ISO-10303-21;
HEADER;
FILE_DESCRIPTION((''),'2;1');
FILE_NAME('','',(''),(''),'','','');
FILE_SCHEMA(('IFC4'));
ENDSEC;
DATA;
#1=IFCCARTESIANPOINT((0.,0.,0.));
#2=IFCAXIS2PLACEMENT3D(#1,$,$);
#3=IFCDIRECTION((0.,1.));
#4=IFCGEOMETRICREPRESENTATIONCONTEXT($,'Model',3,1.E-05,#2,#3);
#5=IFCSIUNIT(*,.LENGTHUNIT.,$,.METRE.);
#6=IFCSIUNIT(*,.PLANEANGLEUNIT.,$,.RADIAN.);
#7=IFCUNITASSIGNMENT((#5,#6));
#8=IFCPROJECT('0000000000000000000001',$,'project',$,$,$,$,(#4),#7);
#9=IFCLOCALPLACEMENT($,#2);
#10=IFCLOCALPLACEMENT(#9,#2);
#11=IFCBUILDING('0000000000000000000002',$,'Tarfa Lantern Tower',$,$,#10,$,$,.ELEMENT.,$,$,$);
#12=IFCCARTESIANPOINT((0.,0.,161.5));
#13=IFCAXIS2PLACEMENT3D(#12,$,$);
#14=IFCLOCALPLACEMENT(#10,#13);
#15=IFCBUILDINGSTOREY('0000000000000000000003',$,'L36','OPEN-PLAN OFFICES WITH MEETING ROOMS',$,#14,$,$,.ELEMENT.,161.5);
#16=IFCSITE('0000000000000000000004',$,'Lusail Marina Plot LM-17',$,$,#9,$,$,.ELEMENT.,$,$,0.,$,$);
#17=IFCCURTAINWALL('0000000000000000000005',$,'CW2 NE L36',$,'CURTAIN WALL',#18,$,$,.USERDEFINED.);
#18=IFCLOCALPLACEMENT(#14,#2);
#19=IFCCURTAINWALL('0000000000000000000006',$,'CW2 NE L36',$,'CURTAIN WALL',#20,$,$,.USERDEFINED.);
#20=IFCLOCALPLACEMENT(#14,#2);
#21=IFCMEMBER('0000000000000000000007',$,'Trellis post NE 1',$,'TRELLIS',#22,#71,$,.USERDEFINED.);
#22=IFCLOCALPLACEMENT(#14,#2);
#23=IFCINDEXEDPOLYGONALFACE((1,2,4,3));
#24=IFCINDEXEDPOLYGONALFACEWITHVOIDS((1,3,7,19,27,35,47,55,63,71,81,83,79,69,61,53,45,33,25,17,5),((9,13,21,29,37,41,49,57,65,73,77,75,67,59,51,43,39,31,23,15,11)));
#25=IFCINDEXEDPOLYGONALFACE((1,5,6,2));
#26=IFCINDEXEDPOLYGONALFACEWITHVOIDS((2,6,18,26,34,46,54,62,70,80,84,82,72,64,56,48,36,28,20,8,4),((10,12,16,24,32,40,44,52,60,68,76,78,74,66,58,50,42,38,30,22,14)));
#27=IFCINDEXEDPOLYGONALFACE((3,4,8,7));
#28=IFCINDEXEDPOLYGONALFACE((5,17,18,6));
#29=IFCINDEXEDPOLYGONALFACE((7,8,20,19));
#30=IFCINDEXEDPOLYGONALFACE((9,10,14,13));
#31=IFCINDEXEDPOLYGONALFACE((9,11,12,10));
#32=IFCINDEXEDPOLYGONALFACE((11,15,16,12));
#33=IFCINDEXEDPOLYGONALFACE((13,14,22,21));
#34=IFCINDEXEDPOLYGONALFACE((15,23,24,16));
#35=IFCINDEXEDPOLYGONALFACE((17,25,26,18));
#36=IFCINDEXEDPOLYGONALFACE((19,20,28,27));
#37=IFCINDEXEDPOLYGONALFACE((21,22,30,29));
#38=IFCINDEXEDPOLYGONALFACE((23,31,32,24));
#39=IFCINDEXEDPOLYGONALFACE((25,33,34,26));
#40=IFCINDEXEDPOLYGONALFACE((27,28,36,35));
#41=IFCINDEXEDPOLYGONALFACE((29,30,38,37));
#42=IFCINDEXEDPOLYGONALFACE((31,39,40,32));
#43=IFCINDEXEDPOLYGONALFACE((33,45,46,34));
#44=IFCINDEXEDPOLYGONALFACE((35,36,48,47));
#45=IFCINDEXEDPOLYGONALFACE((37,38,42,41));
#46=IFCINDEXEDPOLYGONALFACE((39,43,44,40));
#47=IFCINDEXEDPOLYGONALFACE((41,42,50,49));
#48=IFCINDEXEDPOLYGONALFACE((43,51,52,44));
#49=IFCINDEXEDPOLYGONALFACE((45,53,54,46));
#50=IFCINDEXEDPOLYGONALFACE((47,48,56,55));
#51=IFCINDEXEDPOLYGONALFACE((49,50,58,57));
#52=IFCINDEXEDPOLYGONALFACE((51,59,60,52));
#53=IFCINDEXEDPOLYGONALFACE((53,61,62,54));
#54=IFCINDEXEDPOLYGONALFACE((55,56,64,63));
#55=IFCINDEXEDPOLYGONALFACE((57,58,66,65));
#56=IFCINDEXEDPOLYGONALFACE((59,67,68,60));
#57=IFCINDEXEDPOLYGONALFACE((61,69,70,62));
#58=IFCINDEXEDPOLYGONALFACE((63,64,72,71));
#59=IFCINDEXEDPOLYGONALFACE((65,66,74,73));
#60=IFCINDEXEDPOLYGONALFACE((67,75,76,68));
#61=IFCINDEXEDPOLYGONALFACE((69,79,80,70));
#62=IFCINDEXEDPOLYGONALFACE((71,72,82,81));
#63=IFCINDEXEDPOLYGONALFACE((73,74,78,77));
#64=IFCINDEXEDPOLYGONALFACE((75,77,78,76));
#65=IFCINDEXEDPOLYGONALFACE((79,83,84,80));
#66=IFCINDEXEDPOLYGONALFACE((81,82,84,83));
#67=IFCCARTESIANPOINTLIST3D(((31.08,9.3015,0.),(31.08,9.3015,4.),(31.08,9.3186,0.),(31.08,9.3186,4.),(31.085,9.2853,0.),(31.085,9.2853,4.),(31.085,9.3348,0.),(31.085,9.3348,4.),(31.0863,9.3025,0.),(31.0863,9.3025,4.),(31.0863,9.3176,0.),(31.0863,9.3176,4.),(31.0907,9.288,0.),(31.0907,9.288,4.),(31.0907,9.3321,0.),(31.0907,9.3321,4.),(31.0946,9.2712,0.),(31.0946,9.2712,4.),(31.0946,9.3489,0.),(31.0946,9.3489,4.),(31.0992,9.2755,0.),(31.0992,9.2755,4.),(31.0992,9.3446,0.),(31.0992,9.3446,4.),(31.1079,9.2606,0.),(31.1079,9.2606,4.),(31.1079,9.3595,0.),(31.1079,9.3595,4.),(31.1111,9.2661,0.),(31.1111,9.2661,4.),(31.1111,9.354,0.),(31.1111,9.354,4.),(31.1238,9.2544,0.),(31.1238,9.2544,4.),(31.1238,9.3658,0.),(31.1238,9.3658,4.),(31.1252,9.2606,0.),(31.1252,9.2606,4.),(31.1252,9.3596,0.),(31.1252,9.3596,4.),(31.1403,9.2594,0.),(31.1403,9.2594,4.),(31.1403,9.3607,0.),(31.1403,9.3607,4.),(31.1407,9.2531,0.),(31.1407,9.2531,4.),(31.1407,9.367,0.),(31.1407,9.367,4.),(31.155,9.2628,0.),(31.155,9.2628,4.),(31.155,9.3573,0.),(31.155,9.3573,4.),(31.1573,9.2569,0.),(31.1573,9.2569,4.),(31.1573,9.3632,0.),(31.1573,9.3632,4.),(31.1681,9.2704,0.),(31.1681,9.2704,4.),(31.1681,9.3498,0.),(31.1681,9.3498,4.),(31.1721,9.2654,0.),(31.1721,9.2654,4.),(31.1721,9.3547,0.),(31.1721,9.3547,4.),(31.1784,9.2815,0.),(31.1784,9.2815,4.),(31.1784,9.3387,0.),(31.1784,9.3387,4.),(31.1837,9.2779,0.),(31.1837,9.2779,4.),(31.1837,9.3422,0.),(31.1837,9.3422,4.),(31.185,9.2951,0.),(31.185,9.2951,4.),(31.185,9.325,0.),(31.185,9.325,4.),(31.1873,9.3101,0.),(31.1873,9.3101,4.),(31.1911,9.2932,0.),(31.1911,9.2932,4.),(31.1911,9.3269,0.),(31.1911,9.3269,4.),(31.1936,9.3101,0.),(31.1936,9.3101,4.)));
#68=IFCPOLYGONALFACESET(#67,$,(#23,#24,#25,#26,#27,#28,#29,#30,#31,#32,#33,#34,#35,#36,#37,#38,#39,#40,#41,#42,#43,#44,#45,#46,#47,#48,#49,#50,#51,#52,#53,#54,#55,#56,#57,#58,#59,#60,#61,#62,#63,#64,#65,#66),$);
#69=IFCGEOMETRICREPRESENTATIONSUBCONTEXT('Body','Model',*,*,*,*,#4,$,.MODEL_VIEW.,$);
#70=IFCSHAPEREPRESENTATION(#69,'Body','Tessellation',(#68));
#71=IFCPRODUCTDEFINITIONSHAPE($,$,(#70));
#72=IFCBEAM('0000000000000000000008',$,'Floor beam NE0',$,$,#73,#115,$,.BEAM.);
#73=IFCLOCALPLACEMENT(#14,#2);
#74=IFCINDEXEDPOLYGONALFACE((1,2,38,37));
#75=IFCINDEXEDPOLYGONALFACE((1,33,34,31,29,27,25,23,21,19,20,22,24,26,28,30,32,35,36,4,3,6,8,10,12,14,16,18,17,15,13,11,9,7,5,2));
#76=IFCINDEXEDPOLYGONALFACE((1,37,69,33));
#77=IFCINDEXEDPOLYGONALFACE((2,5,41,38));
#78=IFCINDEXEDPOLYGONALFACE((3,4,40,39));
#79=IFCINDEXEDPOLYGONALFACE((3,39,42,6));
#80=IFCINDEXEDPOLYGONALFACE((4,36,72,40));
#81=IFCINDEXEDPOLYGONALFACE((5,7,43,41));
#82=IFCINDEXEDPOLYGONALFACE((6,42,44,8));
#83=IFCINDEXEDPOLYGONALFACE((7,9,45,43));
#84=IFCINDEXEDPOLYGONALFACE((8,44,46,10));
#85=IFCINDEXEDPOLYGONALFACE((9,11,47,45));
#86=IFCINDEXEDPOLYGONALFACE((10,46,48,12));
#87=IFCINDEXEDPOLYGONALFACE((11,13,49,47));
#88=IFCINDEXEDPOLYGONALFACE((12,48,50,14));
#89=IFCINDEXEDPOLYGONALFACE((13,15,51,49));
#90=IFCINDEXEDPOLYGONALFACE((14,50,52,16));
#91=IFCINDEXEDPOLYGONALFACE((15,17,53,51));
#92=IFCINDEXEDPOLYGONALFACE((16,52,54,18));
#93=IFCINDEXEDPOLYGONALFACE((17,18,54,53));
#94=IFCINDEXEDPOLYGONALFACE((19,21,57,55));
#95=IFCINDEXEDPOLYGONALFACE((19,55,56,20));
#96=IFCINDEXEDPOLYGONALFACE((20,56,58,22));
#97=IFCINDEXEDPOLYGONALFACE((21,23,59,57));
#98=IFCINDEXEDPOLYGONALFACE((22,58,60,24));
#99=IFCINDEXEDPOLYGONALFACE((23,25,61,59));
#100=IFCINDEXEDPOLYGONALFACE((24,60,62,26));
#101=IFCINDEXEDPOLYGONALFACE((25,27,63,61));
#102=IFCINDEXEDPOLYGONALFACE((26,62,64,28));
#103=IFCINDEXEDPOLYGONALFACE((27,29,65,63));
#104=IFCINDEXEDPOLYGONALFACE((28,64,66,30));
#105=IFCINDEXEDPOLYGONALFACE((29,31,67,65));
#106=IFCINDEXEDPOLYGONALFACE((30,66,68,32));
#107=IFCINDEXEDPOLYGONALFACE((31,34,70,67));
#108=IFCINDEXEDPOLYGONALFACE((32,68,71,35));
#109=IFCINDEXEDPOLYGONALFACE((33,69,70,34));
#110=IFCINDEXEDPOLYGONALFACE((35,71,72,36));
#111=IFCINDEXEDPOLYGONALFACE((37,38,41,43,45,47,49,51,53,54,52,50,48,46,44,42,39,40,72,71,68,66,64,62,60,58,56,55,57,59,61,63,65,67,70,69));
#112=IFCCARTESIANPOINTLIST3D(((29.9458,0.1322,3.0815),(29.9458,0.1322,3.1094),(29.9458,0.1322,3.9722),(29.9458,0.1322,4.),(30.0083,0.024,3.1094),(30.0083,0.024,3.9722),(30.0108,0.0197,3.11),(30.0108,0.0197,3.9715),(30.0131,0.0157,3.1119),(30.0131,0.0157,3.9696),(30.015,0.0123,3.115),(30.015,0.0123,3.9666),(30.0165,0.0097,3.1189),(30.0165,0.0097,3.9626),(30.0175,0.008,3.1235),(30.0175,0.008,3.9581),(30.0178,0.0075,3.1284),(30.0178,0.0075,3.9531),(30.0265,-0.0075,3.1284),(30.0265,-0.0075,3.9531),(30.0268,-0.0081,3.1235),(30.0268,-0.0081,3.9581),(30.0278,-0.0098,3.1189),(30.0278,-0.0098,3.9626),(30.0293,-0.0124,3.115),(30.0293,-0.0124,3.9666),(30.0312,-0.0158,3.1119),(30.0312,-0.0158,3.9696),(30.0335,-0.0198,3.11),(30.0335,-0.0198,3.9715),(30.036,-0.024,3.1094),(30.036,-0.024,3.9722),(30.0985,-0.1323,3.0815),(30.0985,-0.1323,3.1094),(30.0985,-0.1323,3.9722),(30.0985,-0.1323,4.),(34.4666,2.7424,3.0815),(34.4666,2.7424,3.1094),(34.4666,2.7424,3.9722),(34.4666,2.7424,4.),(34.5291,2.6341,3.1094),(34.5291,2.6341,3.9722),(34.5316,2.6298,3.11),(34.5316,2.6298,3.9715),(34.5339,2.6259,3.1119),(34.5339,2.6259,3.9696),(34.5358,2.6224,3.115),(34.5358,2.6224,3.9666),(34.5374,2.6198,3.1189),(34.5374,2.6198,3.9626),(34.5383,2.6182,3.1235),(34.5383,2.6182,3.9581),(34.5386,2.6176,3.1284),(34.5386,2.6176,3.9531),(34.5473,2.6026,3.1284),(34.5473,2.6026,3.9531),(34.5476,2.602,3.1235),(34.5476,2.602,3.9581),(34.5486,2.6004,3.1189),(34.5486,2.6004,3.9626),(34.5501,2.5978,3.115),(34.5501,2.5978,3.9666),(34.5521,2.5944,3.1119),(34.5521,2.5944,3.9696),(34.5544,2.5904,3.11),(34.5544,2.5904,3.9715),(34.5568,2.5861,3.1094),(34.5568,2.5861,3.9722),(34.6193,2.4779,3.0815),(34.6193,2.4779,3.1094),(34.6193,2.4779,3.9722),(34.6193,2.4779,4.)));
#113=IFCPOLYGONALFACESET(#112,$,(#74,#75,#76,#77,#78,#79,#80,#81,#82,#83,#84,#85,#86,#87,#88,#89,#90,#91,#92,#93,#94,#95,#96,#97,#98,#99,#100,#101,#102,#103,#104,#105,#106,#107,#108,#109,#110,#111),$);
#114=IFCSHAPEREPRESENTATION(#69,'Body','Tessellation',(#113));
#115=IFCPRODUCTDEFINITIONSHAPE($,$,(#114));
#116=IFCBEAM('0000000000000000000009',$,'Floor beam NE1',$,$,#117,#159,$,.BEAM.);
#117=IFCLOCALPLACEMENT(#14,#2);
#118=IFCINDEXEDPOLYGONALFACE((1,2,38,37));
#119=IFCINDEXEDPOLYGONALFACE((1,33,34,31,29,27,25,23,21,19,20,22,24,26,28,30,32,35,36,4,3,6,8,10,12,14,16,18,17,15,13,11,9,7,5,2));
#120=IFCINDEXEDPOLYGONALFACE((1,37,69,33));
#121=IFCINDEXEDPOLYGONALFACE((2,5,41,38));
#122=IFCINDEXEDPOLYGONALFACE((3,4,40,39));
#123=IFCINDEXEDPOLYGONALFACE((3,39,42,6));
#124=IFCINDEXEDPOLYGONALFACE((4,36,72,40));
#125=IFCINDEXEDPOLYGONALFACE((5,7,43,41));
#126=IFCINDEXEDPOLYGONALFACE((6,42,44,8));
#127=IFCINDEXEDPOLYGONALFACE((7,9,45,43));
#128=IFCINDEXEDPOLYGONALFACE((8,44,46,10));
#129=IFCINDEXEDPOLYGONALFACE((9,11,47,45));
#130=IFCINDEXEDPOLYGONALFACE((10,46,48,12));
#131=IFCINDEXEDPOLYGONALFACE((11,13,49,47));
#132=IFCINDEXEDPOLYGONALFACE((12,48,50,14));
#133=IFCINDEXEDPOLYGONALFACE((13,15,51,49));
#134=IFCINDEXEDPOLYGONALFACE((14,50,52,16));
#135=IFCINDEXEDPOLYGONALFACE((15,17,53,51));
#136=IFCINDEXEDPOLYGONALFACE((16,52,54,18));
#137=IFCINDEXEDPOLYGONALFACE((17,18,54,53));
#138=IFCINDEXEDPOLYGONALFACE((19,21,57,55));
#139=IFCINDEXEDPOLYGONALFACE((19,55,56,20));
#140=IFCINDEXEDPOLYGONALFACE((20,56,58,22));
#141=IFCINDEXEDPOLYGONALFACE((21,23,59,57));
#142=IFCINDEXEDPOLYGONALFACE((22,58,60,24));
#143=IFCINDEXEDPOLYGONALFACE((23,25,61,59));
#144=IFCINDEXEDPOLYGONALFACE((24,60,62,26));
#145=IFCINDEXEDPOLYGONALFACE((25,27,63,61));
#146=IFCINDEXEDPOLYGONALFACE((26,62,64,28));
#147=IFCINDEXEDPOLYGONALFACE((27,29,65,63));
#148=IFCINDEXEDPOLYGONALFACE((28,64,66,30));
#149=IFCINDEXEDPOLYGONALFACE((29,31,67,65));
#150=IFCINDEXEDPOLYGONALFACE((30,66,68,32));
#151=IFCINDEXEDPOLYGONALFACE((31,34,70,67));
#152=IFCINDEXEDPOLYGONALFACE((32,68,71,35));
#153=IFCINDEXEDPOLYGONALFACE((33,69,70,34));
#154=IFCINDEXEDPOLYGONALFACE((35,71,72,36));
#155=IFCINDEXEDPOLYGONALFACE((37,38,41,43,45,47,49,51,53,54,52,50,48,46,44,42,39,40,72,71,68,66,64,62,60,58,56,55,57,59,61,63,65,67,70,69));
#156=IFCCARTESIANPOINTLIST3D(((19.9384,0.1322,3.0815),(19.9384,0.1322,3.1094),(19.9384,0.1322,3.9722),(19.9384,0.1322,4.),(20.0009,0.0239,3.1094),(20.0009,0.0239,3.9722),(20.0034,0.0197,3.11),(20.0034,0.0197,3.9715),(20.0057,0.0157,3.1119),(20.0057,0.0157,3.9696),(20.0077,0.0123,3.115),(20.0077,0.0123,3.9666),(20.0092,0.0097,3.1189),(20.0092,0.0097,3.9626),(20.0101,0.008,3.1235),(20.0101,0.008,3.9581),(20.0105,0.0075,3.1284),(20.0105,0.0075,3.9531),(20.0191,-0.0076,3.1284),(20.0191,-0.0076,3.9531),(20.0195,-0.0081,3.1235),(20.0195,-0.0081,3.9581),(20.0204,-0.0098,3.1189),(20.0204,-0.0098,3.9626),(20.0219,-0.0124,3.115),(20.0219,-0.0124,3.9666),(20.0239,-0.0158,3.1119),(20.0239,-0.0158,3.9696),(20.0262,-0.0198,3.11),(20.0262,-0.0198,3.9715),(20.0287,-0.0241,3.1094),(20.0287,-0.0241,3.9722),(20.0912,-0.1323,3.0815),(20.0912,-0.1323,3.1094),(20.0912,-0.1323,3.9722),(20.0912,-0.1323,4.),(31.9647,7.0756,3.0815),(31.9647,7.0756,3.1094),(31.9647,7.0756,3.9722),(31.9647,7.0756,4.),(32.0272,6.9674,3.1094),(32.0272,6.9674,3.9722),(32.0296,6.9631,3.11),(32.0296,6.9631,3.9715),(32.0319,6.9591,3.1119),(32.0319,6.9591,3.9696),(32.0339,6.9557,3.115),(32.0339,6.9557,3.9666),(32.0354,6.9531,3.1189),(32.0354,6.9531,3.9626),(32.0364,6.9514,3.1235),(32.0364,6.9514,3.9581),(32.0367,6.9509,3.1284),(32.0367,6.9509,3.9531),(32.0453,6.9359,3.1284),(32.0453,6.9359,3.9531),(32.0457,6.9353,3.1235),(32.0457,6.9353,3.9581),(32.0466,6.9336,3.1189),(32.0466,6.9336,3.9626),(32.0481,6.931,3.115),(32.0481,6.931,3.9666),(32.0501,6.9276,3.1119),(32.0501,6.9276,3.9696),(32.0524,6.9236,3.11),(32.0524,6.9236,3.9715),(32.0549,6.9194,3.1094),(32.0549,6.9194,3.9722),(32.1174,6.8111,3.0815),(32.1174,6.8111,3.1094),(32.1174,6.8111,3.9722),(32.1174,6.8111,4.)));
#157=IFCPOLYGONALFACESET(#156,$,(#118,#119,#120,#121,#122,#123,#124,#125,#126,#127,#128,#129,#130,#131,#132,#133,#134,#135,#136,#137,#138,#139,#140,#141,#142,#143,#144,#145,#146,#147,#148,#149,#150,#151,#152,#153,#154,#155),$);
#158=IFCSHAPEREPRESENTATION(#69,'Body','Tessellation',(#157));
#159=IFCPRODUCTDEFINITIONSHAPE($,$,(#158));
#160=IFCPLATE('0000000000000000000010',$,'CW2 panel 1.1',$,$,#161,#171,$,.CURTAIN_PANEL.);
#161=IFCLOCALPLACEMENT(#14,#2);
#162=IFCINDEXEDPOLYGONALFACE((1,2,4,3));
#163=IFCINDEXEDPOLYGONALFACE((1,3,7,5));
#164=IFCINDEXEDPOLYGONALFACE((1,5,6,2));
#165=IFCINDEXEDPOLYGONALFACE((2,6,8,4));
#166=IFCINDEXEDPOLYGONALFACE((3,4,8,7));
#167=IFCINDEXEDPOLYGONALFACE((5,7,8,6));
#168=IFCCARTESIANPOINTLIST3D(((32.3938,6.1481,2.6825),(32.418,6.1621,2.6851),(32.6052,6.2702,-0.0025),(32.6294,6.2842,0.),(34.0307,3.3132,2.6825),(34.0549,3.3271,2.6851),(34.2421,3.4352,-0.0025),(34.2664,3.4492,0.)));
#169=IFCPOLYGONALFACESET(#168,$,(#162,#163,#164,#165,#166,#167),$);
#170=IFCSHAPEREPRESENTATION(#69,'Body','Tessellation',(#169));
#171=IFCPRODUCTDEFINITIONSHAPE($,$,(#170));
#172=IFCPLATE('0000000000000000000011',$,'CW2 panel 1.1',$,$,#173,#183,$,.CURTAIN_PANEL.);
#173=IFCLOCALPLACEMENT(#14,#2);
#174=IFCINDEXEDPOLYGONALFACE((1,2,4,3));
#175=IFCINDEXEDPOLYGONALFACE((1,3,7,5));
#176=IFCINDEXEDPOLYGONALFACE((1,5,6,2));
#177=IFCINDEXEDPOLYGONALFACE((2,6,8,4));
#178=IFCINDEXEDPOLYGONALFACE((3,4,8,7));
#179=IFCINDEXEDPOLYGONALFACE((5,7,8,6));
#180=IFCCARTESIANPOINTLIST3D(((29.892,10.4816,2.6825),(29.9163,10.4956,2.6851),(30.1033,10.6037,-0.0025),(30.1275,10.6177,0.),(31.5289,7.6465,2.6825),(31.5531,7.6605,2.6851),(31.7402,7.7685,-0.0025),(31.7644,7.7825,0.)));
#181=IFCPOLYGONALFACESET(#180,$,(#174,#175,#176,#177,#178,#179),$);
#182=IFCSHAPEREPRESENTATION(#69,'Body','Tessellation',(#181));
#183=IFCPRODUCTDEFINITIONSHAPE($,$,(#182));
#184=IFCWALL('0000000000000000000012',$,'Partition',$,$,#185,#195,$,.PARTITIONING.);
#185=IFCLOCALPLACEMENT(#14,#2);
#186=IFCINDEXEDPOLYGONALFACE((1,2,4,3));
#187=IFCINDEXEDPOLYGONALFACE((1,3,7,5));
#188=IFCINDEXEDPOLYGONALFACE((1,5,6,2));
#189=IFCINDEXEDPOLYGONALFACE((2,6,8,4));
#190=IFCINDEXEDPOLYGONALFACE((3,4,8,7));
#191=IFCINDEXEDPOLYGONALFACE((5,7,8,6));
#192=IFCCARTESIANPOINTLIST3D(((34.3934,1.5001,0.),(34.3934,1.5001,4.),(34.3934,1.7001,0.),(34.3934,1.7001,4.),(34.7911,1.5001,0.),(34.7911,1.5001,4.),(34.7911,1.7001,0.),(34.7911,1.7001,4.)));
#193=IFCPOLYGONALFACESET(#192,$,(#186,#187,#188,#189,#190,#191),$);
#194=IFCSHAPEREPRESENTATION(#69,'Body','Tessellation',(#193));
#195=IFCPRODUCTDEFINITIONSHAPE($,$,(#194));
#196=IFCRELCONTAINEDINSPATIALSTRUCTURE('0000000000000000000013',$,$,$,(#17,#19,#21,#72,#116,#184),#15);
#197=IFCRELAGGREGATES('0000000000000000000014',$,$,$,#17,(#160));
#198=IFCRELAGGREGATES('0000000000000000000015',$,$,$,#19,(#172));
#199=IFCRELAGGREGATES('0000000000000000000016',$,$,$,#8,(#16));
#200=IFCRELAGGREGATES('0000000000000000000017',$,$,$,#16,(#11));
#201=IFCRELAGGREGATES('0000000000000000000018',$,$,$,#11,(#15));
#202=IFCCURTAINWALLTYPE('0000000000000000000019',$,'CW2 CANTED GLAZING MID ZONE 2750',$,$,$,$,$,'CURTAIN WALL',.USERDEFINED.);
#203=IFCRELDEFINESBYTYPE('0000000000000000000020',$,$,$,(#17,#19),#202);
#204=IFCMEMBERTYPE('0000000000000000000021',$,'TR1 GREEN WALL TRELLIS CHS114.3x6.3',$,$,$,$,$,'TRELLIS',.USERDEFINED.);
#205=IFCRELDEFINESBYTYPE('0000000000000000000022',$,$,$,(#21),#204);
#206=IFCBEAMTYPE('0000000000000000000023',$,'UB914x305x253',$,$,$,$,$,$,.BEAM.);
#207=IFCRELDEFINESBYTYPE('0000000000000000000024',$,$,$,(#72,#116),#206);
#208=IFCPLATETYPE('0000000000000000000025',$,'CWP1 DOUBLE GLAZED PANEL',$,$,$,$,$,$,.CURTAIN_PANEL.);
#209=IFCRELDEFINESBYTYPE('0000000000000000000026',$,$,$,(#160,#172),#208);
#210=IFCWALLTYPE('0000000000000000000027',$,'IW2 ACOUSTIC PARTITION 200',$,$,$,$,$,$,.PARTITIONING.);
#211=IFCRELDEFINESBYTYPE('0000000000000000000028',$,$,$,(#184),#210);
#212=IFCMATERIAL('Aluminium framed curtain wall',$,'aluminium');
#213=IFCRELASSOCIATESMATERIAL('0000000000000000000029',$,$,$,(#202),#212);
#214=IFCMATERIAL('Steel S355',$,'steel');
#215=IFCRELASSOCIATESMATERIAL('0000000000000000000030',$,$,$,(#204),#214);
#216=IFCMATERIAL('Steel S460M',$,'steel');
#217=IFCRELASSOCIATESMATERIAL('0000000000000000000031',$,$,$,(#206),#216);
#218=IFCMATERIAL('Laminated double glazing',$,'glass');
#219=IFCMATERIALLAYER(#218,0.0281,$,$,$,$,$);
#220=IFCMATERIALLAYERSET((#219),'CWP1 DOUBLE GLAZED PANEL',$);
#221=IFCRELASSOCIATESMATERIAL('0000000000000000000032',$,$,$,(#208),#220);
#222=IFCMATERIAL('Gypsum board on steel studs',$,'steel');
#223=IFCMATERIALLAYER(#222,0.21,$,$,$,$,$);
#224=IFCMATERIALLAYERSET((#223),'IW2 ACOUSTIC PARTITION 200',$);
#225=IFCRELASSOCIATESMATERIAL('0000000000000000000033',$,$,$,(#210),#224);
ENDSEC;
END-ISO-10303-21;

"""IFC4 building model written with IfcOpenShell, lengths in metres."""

from ifc_helpers import new_model, si_unit, direction, frame, frame_2d, origin, origin_2d, place, context, subcontext, project, spatial, polyline, rectangle, hollow_circle, i_section, outline, extrude, material, layer, layer_set, material_profile, profile_set, type_object, element, aggregate, save


model = new_model("IFC4")

# Units and contexts
model_context = context("Model", 3, precision=1e-05, world=origin(), true_north=direction((0.0, 1.0)))
body_context = subcontext(model_context, "Body", "Model", "MODEL_VIEW")
ifc_project = project(units=[si_unit("LENGTHUNIT", "METRE"), si_unit("PLANEANGLEUNIT", "RADIAN")], contexts=[model_context])

# Site, building, storey
site_placement = place(None, origin())
site = spatial("IfcSite", under=ifc_project, at=site_placement, Name="Lusail Marina Plot LM-17", CompositionType="ELEMENT", RefElevation=0.0)
building_placement = place(site_placement, origin())
building = spatial("IfcBuilding", under=site, at=building_placement, Name="Tarfa Lantern Tower", CompositionType="ELEMENT")
storey_placement = place(building_placement, frame((0.0, 0.0, 161.5)))
storey = spatial("IfcBuildingStorey", under=building, at=storey_placement, Name="L36", Description="OPEN-PLAN OFFICES WITH MEETING ROOMS", CompositionType="ELEMENT", Elevation=161.5)

# Curtain walls
ifc_material_1 = material(Name="Aluminium framed curtain wall", Category="aluminium")
curtain_wall_type_1 = type_object("IfcCurtainWallType", Name="CW2 CANTED GLAZING MID ZONE 2750", ElementType="CURTAIN WALL", PredefinedType="USERDEFINED", material=ifc_material_1)
curtain_wall_1_placement = place(storey_placement, origin())
curtain_wall_1 = element("IfcCurtainWall", 1, at=curtain_wall_1_placement, inside=storey, type_object=curtain_wall_type_1, Name="CW2 NE L36", ObjectType="CURTAIN WALL", PredefinedType="USERDEFINED")
curtain_wall_2_placement = place(storey_placement, origin())
curtain_wall_2 = element("IfcCurtainWall", 2, at=curtain_wall_2_placement, inside=storey, type_object=curtain_wall_type_1, Name="CW2 NE L36", ObjectType="CURTAIN WALL", PredefinedType="USERDEFINED")

# Member
ifc_material_2 = material(Name="Steel S355", Category="steel")
ifc_material_profile_1 = material_profile(ifc_material_2, hollow_circle(Radius=0.0571, WallThickness=0.0063, at=origin_2d()), Name="CHS114.3x6.3")
ifc_profile_set_1 = profile_set([ifc_material_profile_1], Name="Steel S355")
member_type_1 = type_object("IfcMemberType", Name="TR1 GREEN WALL TRELLIS CHS114.3x6.3", ElementType="TRELLIS", PredefinedType="USERDEFINED", material=ifc_profile_set_1)
member_1_placement = place(storey_placement, frame((31.1365, 9.3101, 0.0), z_axis=(0.0, 0.0, 1.0), x_axis=(1.0, 0.0, 0.0)))
element("IfcMember", 3, at=member_1_placement, inside=storey, type_object=member_type_1, Name="Trellis post NE 1", ObjectType="TRELLIS", PredefinedType="USERDEFINED", context=body_context, shape_type="SweptSolid", body=[
    extrude(hollow_circle(Radius=0.0571, WallThickness=0.0063, at=origin_2d()), origin(), (0.0, 0.0, 1.0), 4.0),
])

# Beams
ifc_material_3 = material(Name="Steel S460M", Category="steel")
ifc_material_profile_2 = material_profile(ifc_material_3, i_section(OverallWidth=0.3054, OverallDepth=0.9185, WebThickness=0.0173, FlangeThickness=0.0278, FilletRadius=0.019, at=origin_2d()), Name="UB914x305x253")
ifc_profile_set_2 = profile_set([ifc_material_profile_2], Name="Steel S460M")
beam_type_1 = type_object("IfcBeamType", Name="UB914x305x253", PredefinedType="BEAM", material=ifc_profile_set_2)
beam_1_placement = place(storey_placement, frame((34.543, 2.6101, 3.5408), z_axis=(-0.866021, -0.500007, 0.0), x_axis=(0.500007, -0.866021, 0.0)))
element("IfcBeam", 4, at=beam_1_placement, inside=storey, type_object=beam_type_1, Name="Floor beam NE0", PredefinedType="BEAM", context=body_context, shape_type="SweptSolid", body=[
    extrude(i_section(OverallWidth=0.3054, OverallDepth=0.9185, WebThickness=0.0173, FlangeThickness=0.0278, FilletRadius=0.019, at=origin_2d()), origin(), (0.0, 0.0, 1.0), 5.2202),
])
beam_2_placement = place(storey_placement, frame((32.041, 6.9434, 3.5408), z_axis=(-0.866023, -0.500004, 0.0), x_axis=(0.500004, -0.866023, 0.0)))
element("IfcBeam", 5, at=beam_2_placement, inside=storey, type_object=beam_type_1, Name="Floor beam NE1", PredefinedType="BEAM", context=body_context, shape_type="SweptSolid", body=[
    extrude(i_section(OverallWidth=0.3054, OverallDepth=0.9185, WebThickness=0.0173, FlangeThickness=0.0278, FilletRadius=0.019, at=origin_2d()), origin(), (0.0, 0.0, 1.0), 13.8867),
])

# Plates
ifc_material_4 = material(Name="Laminated double glazing", Category="glass")
ifc_layer_1 = layer(ifc_material_4, 0.0281)
ifc_layer_set_1 = layer_set([ifc_layer_1], Name="CWP1 DOUBLE GLAZED PANEL")
plate_type = type_object("IfcPlateType", Name="CWP1 DOUBLE GLAZED PANEL", PredefinedType="CURTAIN_PANEL", material=ifc_layer_set_1)
plate_1_placement = place(storey_placement, frame((34.2664, 3.4492, 0.0), z_axis=(0.862442, 0.497991, 0.09055), x_axis=(-0.500045, 0.865999, 0.0)))
plate_1 = element("IfcPlate", 6, at=plate_1_placement, type_object=plate_type, Name="CW2 panel 1.1", PredefinedType="CURTAIN_PANEL", context=body_context, shape_type="SweptSolid", body=[
    extrude(outline(polyline([(0.0, 0.0), (3.2736, 0.0), (3.2736, 2.6961), (0.0, 2.6961), (0.0, 0.0)])), origin(), (0.0, 0.0, -1.0), 0.0281),
])
aggregate(curtain_wall_1, [plate_1])
plate_2_placement = place(storey_placement, frame((31.7644, 7.7825, 0.0), z_axis=(0.862479, 0.497933, 0.090511), x_axis=(-0.499985, 0.866034, 0.000003)))
plate_2 = element("IfcPlate", 7, at=plate_2_placement, type_object=plate_type, Name="CW2 panel 1.1", PredefinedType="CURTAIN_PANEL", context=body_context, shape_type="SweptSolid", body=[
    extrude(outline(polyline([(0.0, 0.0), (3.2738, 0.0), (3.2737, 2.6961), (0.0, 2.6961), (0.0, 0.0)])), origin(), (0.0, 0.0, -1.0), 0.0281),
])
aggregate(curtain_wall_2, [plate_2])

# Wall
ifc_material_5 = material(Name="Gypsum board on steel studs", Category="steel")
ifc_layer_2 = layer(ifc_material_5, 0.21)
ifc_layer_set_2 = layer_set([ifc_layer_2], Name="IW2 ACOUSTIC PARTITION 200")
wall_type = type_object("IfcWallType", Name="IW2 ACOUSTIC PARTITION 200", PredefinedType="PARTITIONING", material=ifc_layer_set_2)
wall_placement = place(storey_placement, frame((34.3936, 1.6001, 0.0), z_axis=(0.0, 0.0, 1.0), x_axis=(1.0, 0.0, 0.0)))
element("IfcWall", 8, at=wall_placement, inside=storey, type_object=wall_type, Name="Partition", PredefinedType="PARTITIONING", context=body_context, shape_type="SweptSolid", body=[
    extrude(rectangle(XDim=0.3977, YDim=0.2, at=frame_2d((0.1987, 0.0))), origin(), (0.0, 0.0, 1.0), 4.0),
])

save(model, "model.ifc")
